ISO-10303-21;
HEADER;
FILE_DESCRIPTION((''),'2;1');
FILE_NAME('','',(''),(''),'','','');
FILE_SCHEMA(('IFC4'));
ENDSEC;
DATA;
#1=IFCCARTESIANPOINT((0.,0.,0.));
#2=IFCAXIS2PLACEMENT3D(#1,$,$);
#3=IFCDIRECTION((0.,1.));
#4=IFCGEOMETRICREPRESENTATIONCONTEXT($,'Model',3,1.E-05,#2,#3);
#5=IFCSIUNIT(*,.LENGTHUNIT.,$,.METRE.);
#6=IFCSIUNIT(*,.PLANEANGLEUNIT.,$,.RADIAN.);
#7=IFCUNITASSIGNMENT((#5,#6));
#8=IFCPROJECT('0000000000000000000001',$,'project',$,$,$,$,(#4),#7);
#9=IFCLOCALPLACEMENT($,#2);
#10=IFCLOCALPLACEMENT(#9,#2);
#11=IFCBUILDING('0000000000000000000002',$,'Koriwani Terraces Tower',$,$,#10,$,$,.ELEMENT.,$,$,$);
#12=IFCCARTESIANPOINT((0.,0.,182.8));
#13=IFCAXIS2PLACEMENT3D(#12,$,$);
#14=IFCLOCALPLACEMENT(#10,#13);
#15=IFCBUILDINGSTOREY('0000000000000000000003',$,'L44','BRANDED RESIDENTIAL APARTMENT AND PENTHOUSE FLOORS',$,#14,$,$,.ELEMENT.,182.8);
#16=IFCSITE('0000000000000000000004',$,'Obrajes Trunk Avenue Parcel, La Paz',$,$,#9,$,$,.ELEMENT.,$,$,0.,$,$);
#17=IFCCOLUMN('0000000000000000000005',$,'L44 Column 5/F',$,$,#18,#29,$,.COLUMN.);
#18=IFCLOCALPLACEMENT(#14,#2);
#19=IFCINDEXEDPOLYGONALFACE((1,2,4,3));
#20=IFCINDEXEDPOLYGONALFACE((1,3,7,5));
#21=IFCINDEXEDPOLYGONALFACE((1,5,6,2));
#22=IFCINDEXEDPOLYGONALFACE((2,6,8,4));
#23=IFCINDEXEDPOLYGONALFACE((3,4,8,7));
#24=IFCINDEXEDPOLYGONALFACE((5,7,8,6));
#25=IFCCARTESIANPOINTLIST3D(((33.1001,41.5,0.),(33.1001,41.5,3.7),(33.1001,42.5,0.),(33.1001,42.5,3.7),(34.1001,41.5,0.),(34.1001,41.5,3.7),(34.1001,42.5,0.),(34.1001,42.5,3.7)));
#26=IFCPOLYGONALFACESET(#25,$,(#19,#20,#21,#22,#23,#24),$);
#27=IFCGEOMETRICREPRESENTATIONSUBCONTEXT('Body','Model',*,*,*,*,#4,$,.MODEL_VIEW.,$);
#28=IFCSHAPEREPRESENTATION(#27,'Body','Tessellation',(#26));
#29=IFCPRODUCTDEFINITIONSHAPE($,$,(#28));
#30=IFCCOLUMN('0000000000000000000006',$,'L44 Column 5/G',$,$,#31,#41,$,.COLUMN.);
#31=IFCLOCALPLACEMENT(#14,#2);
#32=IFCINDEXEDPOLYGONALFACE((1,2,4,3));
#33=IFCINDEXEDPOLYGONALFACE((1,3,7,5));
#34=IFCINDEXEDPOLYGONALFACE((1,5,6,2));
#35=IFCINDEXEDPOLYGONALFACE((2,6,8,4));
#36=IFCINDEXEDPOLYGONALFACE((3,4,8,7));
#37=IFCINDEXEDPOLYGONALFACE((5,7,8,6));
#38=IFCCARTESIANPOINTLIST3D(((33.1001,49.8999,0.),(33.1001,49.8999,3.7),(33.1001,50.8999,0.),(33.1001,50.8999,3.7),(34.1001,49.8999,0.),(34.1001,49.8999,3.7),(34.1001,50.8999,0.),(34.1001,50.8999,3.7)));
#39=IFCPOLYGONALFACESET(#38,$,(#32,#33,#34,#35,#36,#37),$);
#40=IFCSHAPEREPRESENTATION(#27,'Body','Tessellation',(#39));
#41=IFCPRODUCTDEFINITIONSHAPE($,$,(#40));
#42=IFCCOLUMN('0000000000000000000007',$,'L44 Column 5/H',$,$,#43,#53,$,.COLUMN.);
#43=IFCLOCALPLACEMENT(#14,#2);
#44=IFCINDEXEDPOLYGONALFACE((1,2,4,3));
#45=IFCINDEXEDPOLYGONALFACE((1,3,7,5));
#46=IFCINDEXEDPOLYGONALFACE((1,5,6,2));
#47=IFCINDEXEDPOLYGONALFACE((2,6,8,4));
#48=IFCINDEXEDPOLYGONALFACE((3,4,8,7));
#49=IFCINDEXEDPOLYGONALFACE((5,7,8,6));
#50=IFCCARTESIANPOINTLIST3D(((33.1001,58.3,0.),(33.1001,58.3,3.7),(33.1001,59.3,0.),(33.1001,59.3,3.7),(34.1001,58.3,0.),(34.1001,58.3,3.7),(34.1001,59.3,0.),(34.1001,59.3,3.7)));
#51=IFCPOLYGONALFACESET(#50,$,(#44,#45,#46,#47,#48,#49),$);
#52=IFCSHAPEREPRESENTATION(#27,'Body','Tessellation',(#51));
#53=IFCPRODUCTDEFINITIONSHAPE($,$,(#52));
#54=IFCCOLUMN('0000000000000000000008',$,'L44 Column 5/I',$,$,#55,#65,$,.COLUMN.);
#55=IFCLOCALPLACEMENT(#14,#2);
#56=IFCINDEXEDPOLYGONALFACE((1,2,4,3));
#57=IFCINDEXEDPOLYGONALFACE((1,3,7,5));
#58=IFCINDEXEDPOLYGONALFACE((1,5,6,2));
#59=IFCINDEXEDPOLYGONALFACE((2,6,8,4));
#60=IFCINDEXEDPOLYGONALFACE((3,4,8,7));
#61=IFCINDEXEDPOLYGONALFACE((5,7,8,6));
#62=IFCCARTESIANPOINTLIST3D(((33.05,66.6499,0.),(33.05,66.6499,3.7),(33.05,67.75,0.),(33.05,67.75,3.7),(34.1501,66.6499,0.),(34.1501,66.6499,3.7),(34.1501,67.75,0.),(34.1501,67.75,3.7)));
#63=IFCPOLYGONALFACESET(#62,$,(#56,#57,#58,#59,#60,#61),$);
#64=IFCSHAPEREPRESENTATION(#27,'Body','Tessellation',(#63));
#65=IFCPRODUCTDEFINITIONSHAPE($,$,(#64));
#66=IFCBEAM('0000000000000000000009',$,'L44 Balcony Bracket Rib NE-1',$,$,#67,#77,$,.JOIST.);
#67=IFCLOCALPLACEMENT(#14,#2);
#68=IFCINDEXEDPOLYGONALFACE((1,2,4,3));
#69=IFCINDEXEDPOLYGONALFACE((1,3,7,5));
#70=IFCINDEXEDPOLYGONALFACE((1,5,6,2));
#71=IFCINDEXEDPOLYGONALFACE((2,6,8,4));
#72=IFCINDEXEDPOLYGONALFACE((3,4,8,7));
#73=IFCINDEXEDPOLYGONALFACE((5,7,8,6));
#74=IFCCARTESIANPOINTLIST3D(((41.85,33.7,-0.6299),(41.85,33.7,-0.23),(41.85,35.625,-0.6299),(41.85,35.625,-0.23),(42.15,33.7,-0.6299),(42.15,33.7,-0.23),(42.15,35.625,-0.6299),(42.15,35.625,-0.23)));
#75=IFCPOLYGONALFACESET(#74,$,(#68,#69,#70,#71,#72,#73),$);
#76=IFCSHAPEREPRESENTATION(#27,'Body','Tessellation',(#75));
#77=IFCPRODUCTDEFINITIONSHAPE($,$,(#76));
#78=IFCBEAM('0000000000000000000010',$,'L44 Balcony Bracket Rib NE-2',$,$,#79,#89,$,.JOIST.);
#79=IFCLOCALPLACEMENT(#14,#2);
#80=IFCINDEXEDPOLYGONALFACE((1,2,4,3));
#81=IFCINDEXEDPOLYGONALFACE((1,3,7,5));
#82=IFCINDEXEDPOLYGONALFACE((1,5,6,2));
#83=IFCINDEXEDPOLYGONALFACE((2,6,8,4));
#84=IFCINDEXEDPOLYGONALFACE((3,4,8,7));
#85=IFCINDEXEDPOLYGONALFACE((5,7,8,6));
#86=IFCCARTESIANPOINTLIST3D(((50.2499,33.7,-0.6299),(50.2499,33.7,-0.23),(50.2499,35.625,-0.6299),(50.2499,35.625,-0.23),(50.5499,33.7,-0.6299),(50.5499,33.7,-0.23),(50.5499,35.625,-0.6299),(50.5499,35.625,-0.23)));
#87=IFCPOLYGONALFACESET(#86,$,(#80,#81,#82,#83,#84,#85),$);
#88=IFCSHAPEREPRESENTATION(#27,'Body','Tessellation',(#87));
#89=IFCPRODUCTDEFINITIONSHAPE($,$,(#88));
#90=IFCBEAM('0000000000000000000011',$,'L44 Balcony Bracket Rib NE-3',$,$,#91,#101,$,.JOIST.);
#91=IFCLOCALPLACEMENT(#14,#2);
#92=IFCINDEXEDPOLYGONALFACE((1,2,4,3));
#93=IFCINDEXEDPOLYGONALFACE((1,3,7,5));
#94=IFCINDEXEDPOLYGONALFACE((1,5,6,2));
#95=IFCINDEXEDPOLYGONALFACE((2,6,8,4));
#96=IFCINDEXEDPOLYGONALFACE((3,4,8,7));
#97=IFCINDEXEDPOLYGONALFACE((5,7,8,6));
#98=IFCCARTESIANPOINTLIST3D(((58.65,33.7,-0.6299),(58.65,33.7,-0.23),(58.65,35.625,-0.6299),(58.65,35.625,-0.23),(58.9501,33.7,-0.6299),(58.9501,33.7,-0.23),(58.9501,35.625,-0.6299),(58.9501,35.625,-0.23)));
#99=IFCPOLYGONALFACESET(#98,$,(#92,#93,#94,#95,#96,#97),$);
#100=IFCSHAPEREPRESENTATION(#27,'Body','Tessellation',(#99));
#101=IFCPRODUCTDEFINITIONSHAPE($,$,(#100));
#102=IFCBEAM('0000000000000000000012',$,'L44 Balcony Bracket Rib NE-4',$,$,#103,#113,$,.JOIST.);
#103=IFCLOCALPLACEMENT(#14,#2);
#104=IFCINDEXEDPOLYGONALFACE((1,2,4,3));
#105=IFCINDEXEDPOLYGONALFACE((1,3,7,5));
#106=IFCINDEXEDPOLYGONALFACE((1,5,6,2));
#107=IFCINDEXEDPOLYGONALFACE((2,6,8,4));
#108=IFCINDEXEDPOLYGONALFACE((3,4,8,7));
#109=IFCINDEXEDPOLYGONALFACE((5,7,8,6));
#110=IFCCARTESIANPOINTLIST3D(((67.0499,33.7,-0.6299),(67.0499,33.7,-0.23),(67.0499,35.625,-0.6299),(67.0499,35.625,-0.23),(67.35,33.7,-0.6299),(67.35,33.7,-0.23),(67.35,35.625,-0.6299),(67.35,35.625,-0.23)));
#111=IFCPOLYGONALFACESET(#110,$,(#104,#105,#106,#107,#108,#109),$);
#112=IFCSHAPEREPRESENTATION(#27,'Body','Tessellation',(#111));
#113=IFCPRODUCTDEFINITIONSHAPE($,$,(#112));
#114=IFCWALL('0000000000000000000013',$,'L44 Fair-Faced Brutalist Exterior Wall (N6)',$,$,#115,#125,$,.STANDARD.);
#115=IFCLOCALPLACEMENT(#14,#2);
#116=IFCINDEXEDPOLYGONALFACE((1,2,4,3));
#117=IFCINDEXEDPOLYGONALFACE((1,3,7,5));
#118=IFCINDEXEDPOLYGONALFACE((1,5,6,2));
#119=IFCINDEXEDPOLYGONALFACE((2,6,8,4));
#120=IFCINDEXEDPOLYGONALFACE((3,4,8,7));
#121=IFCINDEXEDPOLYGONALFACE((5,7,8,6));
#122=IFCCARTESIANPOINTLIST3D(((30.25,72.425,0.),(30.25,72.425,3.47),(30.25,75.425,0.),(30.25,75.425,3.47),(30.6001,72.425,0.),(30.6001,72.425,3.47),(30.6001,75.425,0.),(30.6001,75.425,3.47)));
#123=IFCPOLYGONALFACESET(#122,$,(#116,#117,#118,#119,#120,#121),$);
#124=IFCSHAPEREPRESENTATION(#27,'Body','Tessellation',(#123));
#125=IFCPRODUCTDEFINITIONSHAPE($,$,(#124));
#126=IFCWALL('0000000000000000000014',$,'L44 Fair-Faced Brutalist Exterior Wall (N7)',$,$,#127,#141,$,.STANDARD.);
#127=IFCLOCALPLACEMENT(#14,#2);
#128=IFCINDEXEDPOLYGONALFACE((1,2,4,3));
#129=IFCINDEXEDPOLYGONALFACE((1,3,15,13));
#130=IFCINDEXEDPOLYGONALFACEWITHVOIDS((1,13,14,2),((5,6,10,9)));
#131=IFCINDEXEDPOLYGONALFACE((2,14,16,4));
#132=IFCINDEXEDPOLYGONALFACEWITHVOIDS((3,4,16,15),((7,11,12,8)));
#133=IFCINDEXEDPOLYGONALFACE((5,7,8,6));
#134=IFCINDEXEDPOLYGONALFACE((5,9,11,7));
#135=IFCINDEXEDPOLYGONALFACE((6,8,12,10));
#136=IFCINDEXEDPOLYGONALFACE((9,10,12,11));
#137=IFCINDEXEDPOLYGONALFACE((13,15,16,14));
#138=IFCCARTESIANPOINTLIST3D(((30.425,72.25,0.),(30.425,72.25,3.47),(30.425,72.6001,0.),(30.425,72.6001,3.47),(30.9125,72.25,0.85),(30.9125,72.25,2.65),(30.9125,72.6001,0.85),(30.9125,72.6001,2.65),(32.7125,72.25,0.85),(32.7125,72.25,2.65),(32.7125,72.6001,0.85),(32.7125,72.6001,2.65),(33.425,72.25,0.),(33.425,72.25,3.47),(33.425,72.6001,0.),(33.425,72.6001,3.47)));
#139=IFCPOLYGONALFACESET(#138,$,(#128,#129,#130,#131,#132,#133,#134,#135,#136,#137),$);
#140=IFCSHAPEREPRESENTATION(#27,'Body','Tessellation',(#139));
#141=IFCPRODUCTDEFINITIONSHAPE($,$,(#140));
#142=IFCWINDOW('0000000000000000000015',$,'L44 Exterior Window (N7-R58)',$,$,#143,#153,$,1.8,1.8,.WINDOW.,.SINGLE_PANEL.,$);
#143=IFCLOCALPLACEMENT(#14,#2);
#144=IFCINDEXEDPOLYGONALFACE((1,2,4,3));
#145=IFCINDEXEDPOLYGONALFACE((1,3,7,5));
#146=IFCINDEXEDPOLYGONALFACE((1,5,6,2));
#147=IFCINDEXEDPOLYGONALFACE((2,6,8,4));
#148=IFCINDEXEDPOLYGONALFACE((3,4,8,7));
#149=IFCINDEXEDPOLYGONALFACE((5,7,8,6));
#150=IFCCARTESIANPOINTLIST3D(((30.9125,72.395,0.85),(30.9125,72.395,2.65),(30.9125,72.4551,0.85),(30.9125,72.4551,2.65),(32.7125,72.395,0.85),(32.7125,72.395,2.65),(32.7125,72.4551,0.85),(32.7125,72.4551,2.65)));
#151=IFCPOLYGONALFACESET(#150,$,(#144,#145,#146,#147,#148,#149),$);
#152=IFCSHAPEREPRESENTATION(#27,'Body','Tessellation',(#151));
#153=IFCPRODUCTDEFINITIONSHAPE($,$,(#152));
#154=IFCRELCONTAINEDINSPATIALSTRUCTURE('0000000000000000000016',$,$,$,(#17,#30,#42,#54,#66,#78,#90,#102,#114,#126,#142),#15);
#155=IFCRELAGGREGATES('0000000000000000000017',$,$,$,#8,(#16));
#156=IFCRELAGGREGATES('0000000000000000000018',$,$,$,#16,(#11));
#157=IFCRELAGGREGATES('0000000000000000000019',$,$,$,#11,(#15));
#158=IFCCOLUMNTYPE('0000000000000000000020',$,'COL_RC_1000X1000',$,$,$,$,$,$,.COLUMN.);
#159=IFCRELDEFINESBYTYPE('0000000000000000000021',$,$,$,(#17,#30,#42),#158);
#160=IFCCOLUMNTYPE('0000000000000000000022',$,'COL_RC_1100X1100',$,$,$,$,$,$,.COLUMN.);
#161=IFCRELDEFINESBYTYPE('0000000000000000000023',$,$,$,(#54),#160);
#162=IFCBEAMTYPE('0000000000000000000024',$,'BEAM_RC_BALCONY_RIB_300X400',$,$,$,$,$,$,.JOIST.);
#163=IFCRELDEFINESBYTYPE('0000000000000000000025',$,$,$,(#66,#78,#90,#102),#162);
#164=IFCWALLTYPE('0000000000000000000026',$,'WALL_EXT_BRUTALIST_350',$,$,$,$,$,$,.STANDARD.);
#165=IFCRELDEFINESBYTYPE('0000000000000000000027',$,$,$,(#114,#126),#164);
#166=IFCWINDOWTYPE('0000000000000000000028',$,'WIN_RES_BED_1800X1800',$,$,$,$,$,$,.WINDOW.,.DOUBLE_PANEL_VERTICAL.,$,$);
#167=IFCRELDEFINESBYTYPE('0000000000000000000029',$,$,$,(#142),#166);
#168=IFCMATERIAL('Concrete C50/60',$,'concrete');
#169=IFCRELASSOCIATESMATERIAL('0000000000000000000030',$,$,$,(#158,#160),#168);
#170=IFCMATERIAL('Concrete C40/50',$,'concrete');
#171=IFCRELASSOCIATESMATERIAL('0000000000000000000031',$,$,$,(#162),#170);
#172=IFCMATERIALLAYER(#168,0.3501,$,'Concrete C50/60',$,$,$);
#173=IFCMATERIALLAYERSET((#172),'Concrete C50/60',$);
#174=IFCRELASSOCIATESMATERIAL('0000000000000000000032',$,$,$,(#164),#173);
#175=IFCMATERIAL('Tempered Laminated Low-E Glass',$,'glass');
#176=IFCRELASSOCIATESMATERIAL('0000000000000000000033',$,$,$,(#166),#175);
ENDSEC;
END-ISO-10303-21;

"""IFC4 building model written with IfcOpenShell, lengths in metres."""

from ifc_helpers import new_model, si_unit, direction, frame, frame_2d, origin, origin_2d, place, context, subcontext, project, spatial, rectangle, extrude, material, layer, layer_set, material_profile, profile_set, type_object, element, fill, save


model = new_model("IFC4")

# Units and contexts
model_context = context("Model", 3, precision=1e-05, world=origin(), true_north=direction((0.0, 1.0)))
body_context = subcontext(model_context, "Body", "Model", "MODEL_VIEW")
ifc_project = project(units=[si_unit("LENGTHUNIT", "METRE"), si_unit("PLANEANGLEUNIT", "RADIAN")], contexts=[model_context])

# Site, building, storey
site_placement = place(None, origin())
site = spatial("IfcSite", under=ifc_project, at=site_placement, Name="Obrajes Trunk Avenue Parcel, La Paz", CompositionType="ELEMENT", RefElevation=0.0)
building_placement = place(site_placement, origin())
building = spatial("IfcBuilding", under=site, at=building_placement, Name="Koriwani Terraces Tower", CompositionType="ELEMENT")
storey_placement = place(building_placement, frame((0.0, 0.0, 182.8)))
storey = spatial("IfcBuildingStorey", under=building, at=storey_placement, Name="L44", Description="BRANDED RESIDENTIAL APARTMENT AND PENTHOUSE FLOORS", CompositionType="ELEMENT", Elevation=182.8)

# Columns
ifc_material_1 = material(Name="Concrete C50/60", Category="concrete")
ifc_material_profile_1 = material_profile(ifc_material_1, rectangle(XDim=1.0, YDim=1.0, at=origin_2d()), Name="Concrete C50/60", Category="LoadBearing")
ifc_profile_set_1 = profile_set([ifc_material_profile_1], Name="Concrete C50/60")
column_type_1 = type_object("IfcColumnType", Name="COL_RC_1000X1000", PredefinedType="COLUMN", material=ifc_profile_set_1)
for number, where, z_axis, x_axis, name in (
    (1, (33.6001, 42.0, 0.0), (0.0, 0.0, 1.0), (1.0, 0.0, 0.0), "L44 Column 5/F"),
    (2, (33.6001, 50.3999, 0.0), (0.0, 0.0, 1.0), (1.0, 0.0, 0.0), "L44 Column 5/G"),
    (3, (33.6001, 58.8, 0.0), (0.0, 0.0, 1.0), (1.0, 0.0, 0.0), "L44 Column 5/H"),
):
    element("IfcColumn", number, at=place(storey_placement, frame(where, z_axis=z_axis, x_axis=x_axis)), inside=storey, type_object=column_type_1, Name=name, PredefinedType="COLUMN", context=body_context, shape_type="SweptSolid", body=[
        extrude(rectangle(XDim=1.0, YDim=1.0, at=origin_2d()), origin(), (0.0, 0.0, 1.0), 3.7),
    ])
ifc_material_profile_2 = material_profile(ifc_material_1, rectangle(XDim=1.1001, YDim=1.1001, at=origin_2d()), Name="Concrete C50/60", Category="LoadBearing")
ifc_profile_set_2 = profile_set([ifc_material_profile_2], Name="Concrete C50/60")
column_type_2 = type_object("IfcColumnType", Name="COL_RC_1100X1100", PredefinedType="COLUMN", material=ifc_profile_set_2)
column_placement = place(storey_placement, frame((33.6001, 67.2, 0.0), z_axis=(0.0, 0.0, 1.0), x_axis=(1.0, 0.0, 0.0)))
element("IfcColumn", 4, at=column_placement, inside=storey, type_object=column_type_2, Name="L44 Column 5/I", PredefinedType="COLUMN", context=body_context, shape_type="SweptSolid", body=[
    extrude(rectangle(XDim=1.1001, YDim=1.1001, at=origin_2d()), origin(), (0.0, 0.0, 1.0), 3.7),
])

# Beams
ifc_material_2 = material(Name="Concrete C40/50", Category="concrete")
ifc_material_profile_3 = material_profile(ifc_material_2, rectangle(XDim=0.3, YDim=0.3999, at=origin_2d()), Name="Concrete C40/50", Category="LoadBearing")
ifc_profile_set_3 = profile_set([ifc_material_profile_3], Name="Concrete C40/50")
beam_type = type_object("IfcBeamType", Name="BEAM_RC_BALCONY_RIB_300X400", PredefinedType="JOIST", material=ifc_profile_set_3)
for number, where, z_axis, x_axis, name in (
    (5, (42.0, 33.7, -0.4299), (0.0, 1.0, 0.0), (-1.0, 0.0, 0.0), "L44 Balcony Bracket Rib NE-1"),
    (6, (50.3999, 33.7, -0.4299), (0.0, 1.0, 0.0), (-1.0, 0.0, 0.0), "L44 Balcony Bracket Rib NE-2"),
    (7, (58.8, 33.7, -0.4299), (0.0, 1.0, 0.0), (-1.0, 0.0, 0.0), "L44 Balcony Bracket Rib NE-3"),
    (8, (67.2, 33.7, -0.4299), (0.0, 1.0, 0.0), (-1.0, 0.0, 0.0), "L44 Balcony Bracket Rib NE-4"),
):
    element("IfcBeam", number, at=place(storey_placement, frame(where, z_axis=z_axis, x_axis=x_axis)), inside=storey, type_object=beam_type, Name=name, PredefinedType="JOIST", context=body_context, shape_type="SweptSolid", body=[
        extrude(rectangle(XDim=0.3, YDim=0.3999, at=origin_2d()), origin(), (0.0, 0.0, 1.0), 1.925),
    ])

# Wall
ifc_layer_1 = layer(ifc_material_1, 0.3501, Name="Concrete C50/60")
ifc_layer_set_1 = layer_set([ifc_layer_1], Name="Concrete C50/60")
wall_type = type_object("IfcWallType", Name="WALL_EXT_BRUTALIST_350", PredefinedType="STANDARD", material=ifc_layer_set_1)
wall_1_placement = place(storey_placement, frame((30.425, 75.425, 0.0), z_axis=(0.0, 0.0, 1.0), x_axis=(0.0, -1.0, 0.0)))
element("IfcWall", 9, at=wall_1_placement, inside=storey, type_object=wall_type, Name="L44 Fair-Faced Brutalist Exterior Wall (N6)", PredefinedType="STANDARD", context=body_context, shape_type="SweptSolid", body=[
    extrude(rectangle(XDim=3.0, YDim=0.3501, at=frame_2d((1.5, 0.0))), origin(), (0.0, 0.0, 1.0), 3.47),
])

# Wall, opening, window
wall_2_placement = place(storey_placement, frame((30.425, 72.425, 0.0), z_axis=(0.0, 0.0, 1.0), x_axis=(1.0, 0.0, 0.0)))
wall_2 = element("IfcWall", 10, at=wall_2_placement, inside=storey, type_object=wall_type, Name="L44 Fair-Faced Brutalist Exterior Wall (N7)", PredefinedType="STANDARD", context=body_context, shape_type="SweptSolid", body=[
    extrude(rectangle(XDim=3.0, YDim=0.3501, at=frame_2d((1.5, 0.0))), origin(), (0.0, 0.0, 1.0), 3.47),
])
opening_1_placement = place(wall_2_placement, frame((0.4875, 0.0, 0.8501)))
opening_1 = element("IfcOpeningElement", 11, at=opening_1_placement, cuts=wall_2, PredefinedType="OPENING", context=body_context, shape_type="SweptSolid", body=[
    extrude(rectangle(XDim=1.8, YDim=1.8, at=frame_2d((0.8999, 0.8999))), frame((0.0, 0.1851, 0.0), z_axis=(0.0, -1.0, 0.0), x_axis=(1.0, 0.0, 0.0)), (0.0, 0.0, 1.0), 0.3701),
])
ifc_material_3 = material(Name="Tempered Laminated Low-E Glass", Category="glass")
window_type_1 = type_object("IfcWindowType", Name="WIN_RES_BED_1800X1800", PartitioningType="DOUBLE_PANEL_VERTICAL", PredefinedType="WINDOW", material=ifc_material_3)
window_1_placement = place(opening_1_placement, origin())
window_1 = element("IfcWindow", 12, at=window_1_placement, inside=storey, type_object=window_type_1, Name="L44 Exterior Window (N7-R58)", OverallHeight=1.8, OverallWidth=1.8, PartitioningType="SINGLE_PANEL", PredefinedType="WINDOW", context=body_context, shape_type="SweptSolid", body=[
    extrude(rectangle(XDim=1.8, YDim=1.8, at=frame_2d((0.8999, 0.8999))), frame((0.0, 0.03, 0.0), z_axis=(0.0, -1.0, 0.0), x_axis=(1.0, 0.0, 0.0)), (0.0, 0.0, 1.0), 0.0601),
])
fill(opening_1, window_1)

save(model, "model.ifc")
